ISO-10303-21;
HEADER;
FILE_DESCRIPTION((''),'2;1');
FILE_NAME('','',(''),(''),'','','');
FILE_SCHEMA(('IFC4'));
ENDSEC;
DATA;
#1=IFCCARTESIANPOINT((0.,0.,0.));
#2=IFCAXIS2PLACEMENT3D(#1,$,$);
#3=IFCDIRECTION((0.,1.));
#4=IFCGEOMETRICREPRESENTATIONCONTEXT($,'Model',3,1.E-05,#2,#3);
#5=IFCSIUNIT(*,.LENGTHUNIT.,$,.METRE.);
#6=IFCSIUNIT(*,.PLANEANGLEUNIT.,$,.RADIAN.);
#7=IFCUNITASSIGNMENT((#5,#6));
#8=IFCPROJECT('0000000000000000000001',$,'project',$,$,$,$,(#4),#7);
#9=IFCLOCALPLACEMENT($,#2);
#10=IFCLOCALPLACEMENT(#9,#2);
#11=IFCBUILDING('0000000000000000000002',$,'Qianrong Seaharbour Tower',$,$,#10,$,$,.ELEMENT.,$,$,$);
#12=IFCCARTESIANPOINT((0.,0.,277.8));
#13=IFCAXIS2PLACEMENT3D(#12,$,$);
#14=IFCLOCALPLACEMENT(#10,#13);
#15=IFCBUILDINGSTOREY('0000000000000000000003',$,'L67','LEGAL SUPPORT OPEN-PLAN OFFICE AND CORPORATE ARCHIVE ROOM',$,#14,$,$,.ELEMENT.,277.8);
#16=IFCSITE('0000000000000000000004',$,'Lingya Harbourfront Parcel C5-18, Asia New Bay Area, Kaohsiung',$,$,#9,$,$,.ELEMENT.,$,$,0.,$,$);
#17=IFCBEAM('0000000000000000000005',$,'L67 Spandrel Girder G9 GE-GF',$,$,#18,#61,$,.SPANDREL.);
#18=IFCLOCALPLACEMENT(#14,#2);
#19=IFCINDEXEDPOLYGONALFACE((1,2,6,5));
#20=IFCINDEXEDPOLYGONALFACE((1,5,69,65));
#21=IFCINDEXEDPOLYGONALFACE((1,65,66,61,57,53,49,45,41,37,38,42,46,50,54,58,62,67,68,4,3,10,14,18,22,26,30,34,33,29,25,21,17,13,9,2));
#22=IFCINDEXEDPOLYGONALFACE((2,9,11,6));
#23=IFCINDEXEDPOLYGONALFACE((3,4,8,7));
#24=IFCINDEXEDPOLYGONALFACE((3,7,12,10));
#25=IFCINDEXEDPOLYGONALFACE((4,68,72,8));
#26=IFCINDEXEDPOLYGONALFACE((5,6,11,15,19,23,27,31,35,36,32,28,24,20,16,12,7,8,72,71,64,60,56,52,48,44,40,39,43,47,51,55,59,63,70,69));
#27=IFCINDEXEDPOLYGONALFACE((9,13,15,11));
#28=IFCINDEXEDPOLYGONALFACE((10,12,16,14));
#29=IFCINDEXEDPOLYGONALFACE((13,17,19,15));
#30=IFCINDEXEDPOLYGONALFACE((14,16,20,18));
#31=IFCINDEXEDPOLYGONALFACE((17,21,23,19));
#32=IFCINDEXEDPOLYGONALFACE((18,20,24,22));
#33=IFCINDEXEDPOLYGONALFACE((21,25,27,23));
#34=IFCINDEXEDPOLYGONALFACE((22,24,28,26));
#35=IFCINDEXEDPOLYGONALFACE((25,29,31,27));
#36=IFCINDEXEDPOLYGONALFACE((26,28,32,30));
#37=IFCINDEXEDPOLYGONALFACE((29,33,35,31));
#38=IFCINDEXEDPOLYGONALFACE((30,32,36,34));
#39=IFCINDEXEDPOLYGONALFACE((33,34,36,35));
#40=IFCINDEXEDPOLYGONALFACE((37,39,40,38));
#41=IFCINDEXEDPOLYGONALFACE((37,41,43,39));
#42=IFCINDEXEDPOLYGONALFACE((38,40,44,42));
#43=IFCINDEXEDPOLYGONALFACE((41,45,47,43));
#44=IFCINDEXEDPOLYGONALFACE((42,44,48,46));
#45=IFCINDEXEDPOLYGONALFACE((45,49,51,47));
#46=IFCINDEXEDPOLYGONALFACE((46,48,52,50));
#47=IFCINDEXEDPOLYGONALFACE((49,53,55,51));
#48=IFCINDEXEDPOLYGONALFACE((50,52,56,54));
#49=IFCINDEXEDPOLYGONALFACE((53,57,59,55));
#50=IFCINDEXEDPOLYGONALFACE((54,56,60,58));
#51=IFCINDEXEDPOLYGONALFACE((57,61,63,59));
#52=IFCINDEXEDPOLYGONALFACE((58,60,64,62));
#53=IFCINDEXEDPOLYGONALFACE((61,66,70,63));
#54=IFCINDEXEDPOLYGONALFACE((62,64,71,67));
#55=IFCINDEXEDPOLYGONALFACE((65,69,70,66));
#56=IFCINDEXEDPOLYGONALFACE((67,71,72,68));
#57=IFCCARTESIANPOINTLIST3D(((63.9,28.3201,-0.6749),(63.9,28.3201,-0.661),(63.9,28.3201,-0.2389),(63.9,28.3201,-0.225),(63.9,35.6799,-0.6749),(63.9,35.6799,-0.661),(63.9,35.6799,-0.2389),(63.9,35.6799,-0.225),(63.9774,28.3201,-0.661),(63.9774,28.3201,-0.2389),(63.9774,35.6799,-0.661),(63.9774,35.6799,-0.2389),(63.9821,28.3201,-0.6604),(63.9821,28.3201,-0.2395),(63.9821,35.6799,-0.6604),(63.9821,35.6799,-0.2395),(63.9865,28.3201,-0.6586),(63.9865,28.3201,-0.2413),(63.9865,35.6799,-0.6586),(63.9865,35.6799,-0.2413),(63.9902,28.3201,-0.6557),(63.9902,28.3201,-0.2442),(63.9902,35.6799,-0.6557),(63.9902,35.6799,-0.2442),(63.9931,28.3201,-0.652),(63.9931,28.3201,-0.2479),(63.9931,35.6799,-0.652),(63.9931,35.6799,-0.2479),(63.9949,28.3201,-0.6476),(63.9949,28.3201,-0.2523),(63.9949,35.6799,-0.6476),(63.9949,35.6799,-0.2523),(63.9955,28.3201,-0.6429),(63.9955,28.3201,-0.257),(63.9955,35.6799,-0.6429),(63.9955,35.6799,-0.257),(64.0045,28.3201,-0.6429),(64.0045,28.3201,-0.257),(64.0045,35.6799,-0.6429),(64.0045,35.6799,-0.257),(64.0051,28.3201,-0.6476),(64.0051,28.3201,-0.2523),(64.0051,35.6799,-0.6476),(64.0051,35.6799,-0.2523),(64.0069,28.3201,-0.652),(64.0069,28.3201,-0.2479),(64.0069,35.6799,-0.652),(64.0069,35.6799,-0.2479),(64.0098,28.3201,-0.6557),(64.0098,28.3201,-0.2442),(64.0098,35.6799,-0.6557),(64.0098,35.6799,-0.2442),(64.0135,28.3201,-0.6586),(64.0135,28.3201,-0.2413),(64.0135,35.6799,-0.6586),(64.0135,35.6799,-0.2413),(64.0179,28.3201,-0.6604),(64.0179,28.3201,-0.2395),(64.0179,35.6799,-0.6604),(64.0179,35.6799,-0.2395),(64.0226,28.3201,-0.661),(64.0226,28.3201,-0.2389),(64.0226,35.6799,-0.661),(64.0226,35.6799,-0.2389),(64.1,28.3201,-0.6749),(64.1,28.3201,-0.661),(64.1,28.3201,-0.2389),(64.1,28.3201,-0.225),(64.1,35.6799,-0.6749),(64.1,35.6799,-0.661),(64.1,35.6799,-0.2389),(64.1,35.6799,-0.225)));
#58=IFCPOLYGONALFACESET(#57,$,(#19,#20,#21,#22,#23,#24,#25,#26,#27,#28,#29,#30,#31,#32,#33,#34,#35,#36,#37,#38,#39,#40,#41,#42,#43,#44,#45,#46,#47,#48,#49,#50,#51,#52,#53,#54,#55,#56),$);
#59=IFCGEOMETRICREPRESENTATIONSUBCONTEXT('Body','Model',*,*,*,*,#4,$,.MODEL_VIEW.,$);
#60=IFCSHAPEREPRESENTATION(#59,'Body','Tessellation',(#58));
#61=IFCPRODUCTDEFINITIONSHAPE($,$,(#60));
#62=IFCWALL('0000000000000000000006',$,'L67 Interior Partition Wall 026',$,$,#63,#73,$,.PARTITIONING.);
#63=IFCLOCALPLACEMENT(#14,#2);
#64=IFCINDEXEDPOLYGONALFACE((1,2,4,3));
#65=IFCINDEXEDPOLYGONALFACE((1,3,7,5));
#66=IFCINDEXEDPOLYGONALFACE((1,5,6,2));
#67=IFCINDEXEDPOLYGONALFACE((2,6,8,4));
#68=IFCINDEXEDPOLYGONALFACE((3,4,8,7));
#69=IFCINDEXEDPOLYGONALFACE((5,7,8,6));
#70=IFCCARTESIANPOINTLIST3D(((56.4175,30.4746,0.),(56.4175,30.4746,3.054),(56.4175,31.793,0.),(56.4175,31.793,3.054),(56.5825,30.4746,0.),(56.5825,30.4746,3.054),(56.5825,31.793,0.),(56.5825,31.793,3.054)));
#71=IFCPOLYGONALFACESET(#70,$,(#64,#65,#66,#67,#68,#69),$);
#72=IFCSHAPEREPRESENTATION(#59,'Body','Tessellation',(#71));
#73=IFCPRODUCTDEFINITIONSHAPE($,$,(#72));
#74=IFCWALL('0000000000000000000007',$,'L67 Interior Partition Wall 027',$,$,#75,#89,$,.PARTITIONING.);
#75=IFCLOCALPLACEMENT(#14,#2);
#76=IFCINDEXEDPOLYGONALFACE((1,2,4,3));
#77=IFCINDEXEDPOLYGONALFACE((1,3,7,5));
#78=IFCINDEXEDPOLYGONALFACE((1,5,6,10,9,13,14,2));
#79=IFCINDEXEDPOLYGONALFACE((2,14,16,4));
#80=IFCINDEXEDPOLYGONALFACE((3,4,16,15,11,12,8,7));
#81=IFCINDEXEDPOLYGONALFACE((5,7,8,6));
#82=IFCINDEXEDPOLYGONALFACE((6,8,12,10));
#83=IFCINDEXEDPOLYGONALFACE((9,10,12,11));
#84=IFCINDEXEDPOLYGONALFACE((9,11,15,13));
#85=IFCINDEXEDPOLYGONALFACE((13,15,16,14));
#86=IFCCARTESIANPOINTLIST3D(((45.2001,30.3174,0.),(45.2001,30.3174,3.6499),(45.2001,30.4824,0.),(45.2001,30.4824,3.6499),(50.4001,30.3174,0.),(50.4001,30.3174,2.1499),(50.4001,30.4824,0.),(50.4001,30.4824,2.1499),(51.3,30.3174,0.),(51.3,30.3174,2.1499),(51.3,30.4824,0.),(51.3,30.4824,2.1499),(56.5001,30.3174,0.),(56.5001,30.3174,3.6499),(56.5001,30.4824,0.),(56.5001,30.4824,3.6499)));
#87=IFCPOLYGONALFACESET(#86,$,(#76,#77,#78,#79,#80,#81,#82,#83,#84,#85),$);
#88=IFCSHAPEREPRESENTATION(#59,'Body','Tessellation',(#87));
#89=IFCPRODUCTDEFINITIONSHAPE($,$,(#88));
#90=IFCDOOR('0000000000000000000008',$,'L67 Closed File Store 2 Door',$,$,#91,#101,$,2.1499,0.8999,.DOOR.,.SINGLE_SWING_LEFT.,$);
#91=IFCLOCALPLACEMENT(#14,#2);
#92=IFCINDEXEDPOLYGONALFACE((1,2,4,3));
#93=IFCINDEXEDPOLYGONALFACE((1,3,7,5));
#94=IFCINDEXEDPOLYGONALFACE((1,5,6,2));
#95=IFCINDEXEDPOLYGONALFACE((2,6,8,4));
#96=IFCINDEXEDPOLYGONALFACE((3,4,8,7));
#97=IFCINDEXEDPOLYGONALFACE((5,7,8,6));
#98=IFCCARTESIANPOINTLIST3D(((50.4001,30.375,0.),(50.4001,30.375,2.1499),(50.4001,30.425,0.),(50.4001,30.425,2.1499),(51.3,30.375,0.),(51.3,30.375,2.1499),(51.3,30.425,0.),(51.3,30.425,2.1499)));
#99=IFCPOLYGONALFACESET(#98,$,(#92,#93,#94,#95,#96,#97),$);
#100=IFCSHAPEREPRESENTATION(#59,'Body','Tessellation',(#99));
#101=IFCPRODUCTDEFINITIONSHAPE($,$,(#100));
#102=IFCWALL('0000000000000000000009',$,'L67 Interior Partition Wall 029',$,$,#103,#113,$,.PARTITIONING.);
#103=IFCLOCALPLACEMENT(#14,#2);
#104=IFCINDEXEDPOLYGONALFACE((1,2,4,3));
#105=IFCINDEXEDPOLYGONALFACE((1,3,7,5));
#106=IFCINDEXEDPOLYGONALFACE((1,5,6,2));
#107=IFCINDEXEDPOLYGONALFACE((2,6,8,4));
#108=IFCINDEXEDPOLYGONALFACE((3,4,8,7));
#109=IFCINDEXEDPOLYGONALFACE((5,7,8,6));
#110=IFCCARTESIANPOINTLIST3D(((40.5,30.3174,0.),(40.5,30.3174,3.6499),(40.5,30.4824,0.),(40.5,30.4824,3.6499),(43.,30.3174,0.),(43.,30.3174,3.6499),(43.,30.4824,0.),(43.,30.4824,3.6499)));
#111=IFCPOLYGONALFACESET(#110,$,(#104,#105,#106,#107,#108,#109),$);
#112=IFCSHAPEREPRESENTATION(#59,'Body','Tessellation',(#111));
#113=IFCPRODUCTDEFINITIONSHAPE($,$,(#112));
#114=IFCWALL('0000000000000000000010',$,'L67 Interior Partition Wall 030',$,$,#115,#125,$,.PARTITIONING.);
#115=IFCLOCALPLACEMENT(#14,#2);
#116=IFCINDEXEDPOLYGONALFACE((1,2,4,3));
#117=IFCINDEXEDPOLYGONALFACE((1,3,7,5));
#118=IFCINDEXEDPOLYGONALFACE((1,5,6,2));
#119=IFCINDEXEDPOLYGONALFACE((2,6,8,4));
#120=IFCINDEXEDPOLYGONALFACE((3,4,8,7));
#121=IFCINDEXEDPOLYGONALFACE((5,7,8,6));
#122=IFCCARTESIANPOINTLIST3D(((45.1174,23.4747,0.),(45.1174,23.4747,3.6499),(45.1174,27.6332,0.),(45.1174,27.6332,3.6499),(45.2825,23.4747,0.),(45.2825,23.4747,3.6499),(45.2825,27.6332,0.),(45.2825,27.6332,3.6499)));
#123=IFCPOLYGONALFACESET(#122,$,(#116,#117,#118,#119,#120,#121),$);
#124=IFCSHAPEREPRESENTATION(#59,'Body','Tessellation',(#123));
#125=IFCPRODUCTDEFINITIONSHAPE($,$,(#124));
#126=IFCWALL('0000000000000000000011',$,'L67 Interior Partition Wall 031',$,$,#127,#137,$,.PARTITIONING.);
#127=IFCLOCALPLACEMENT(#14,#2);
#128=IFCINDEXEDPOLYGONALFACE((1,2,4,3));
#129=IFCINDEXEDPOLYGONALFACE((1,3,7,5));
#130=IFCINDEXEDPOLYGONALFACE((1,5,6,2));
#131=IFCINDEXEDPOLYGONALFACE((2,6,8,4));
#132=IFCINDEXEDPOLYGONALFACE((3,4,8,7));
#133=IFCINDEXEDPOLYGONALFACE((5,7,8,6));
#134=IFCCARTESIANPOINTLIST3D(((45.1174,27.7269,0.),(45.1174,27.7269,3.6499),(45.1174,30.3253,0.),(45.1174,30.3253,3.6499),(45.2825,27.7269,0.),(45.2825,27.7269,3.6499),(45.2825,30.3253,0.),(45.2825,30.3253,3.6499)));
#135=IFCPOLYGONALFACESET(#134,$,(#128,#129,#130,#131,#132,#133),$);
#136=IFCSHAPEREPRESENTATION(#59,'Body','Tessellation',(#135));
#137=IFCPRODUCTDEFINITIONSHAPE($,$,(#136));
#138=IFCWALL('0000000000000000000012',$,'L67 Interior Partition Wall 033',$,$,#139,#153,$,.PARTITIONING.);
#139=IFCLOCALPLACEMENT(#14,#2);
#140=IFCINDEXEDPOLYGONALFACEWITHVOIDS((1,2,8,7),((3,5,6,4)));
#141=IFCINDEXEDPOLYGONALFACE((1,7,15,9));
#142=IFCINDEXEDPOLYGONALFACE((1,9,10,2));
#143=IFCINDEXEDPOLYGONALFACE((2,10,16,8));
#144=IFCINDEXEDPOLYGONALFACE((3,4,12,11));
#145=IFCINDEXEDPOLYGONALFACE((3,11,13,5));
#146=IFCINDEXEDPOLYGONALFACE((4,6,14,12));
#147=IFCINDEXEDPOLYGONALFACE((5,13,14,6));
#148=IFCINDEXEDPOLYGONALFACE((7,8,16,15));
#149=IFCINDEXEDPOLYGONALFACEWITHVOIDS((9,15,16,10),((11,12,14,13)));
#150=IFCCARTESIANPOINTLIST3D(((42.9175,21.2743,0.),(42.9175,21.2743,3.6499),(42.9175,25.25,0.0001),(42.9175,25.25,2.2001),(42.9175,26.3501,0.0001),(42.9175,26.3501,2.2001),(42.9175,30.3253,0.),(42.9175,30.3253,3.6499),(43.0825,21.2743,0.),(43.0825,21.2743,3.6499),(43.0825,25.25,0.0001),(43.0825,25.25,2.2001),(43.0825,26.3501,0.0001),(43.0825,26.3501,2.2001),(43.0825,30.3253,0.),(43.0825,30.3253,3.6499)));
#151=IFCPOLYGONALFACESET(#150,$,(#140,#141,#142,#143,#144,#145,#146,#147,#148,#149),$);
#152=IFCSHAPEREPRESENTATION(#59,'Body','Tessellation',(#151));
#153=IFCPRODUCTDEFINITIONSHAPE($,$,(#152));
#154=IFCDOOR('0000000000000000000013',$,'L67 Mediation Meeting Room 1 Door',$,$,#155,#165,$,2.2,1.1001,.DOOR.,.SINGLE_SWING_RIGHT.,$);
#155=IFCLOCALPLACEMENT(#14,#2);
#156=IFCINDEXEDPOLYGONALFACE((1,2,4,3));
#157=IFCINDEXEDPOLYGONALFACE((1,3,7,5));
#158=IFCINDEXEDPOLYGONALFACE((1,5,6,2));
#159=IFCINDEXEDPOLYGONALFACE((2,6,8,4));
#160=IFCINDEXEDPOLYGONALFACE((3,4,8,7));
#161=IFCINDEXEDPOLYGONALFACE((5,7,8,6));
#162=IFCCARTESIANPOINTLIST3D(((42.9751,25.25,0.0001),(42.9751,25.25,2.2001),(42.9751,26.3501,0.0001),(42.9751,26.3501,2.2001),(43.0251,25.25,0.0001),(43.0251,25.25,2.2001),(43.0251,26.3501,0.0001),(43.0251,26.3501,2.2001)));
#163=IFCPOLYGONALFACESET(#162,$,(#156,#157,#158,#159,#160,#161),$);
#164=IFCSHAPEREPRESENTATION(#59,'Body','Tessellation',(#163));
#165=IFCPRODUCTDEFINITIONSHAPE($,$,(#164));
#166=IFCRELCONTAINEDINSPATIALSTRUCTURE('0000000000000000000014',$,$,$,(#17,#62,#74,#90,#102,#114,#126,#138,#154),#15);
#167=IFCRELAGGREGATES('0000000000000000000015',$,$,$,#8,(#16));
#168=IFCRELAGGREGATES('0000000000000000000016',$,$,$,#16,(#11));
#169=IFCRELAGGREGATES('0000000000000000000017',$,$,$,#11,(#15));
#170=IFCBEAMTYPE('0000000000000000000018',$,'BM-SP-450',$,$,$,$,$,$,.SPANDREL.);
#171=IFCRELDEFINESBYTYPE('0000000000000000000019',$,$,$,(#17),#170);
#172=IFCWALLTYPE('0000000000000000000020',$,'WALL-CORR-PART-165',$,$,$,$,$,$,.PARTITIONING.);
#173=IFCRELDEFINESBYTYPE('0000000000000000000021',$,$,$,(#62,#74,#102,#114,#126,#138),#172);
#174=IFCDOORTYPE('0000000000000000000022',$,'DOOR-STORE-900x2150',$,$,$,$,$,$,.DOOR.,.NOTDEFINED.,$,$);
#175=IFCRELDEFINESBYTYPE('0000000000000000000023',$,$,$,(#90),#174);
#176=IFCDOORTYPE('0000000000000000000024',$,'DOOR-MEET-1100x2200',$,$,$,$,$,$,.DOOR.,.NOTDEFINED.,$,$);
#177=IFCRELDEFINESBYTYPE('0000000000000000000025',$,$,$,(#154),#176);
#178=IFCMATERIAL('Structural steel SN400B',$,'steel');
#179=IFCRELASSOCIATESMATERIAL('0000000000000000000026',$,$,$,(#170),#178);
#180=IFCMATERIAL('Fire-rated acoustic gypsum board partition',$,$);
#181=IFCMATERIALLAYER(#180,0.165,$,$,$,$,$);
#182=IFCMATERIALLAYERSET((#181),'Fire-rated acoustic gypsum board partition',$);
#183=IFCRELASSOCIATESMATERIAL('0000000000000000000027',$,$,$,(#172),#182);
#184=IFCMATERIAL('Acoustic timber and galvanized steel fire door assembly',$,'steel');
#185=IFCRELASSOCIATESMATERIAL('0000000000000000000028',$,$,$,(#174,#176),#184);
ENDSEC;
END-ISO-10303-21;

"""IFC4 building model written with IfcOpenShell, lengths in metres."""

from ifc_helpers import new_model, si_unit, direction, frame, frame_2d, origin, origin_2d, place, context, subcontext, project, spatial, rectangle, i_section, extrude, material, layer, layer_set, material_profile, profile_set, type_object, element, fill, save


model = new_model("IFC4")

# Units and contexts
model_context = context("Model", 3, precision=1e-05, world=origin(), true_north=direction((0.0, 1.0)))
body_context = subcontext(model_context, "Body", "Model", "MODEL_VIEW")
ifc_project = project(units=[si_unit("LENGTHUNIT", "METRE"), si_unit("PLANEANGLEUNIT", "RADIAN")], contexts=[model_context])

# Site, building, storey
site_placement = place(None, origin())
site = spatial("IfcSite", under=ifc_project, at=site_placement, Name="Lingya Harbourfront Parcel C5-18, Asia New Bay Area, Kaohsiung", CompositionType="ELEMENT", RefElevation=0.0)
building_placement = place(site_placement, origin())
building = spatial("IfcBuilding", under=site, at=building_placement, Name="Qianrong Seaharbour Tower", CompositionType="ELEMENT")
storey_placement = place(building_placement, frame((0.0, 0.0, 277.8)))
storey = spatial("IfcBuildingStorey", under=building, at=storey_placement, Name="L67", Description="LEGAL SUPPORT OPEN-PLAN OFFICE AND CORPORATE ARCHIVE ROOM", CompositionType="ELEMENT", Elevation=277.8)

# Beam
ifc_material_1 = material(Name="Structural steel SN400B", Category="steel")
ifc_material_profile_1 = material_profile(ifc_material_1, i_section(OverallWidth=0.2, OverallDepth=0.45, WebThickness=0.009, FlangeThickness=0.0139, FilletRadius=0.0181, at=origin_2d()), Name="H450x200x9x14")
ifc_profile_set_1 = profile_set([ifc_material_profile_1], Name="Structural steel SN400B")
beam_type_1 = type_object("IfcBeamType", Name="BM-SP-450", PredefinedType="SPANDREL", material=ifc_profile_set_1)
beam_1_placement = place(storey_placement, frame((64.0, 28.3201, -0.45), z_axis=(0.0, 1.0, 0.0), x_axis=(-1.0, 0.0, 0.0)))
element("IfcBeam", 1, at=beam_1_placement, inside=storey, type_object=beam_type_1, Name="L67 Spandrel Girder G9 GE-GF", PredefinedType="SPANDREL", context=body_context, shape_type="SweptSolid", body=[
    extrude(i_section(OverallWidth=0.2, OverallDepth=0.45, WebThickness=0.009, FlangeThickness=0.0139, FilletRadius=0.0181, at=origin_2d()), origin(), (0.0, 0.0, 1.0), 7.3599),
])

# Wall
ifc_material_2 = material(Name="Fire-rated acoustic gypsum board partition")
ifc_layer_1 = layer(ifc_material_2, 0.165)
ifc_layer_set_1 = layer_set([ifc_layer_1], Name="Fire-rated acoustic gypsum board partition")
wall_type_1 = type_object("IfcWallType", Name="WALL-CORR-PART-165", PredefinedType="PARTITIONING", material=ifc_layer_set_1)
wall_1_placement = place(storey_placement, frame((56.5, 31.793, 0.0), z_axis=(0.0, 0.0, 1.0), x_axis=(0.0, -1.0, 0.0)))
element("IfcWall", 2, at=wall_1_placement, inside=storey, type_object=wall_type_1, Name="L67 Interior Partition Wall 026", PredefinedType="PARTITIONING", context=body_context, shape_type="SweptSolid", body=[
    extrude(rectangle(XDim=1.3184, YDim=0.165, at=frame_2d((0.6592, 0.0))), origin(), (0.0, 0.0, 1.0), 3.054),
])

# Wall, opening, door
wall_2_placement = place(storey_placement, frame((56.5, 30.3999, 0.0), z_axis=(0.0, 0.0, 1.0), x_axis=(-1.0, 0.0, 0.0)))
wall_2 = element("IfcWall", 3, at=wall_2_placement, inside=storey, type_object=wall_type_1, Name="L67 Interior Partition Wall 027", PredefinedType="PARTITIONING", context=body_context, shape_type="SweptSolid", body=[
    extrude(rectangle(XDim=11.3, YDim=0.165, at=frame_2d((5.6499, 0.0))), origin(), (0.0, 0.0, 1.0), 3.6499),
])
opening_1_placement = place(wall_2_placement, frame((5.2, 0.0, 0.0)))
opening_1 = element("IfcOpeningElement", 4, at=opening_1_placement, cuts=wall_2, PredefinedType="OPENING", context=body_context, shape_type="SweptSolid", body=[
    extrude(rectangle(XDim=0.8999, YDim=2.1499, at=frame_2d((0.45, 1.075))), frame((0.0, 0.0925, 0.0), z_axis=(0.0, -1.0, 0.0), x_axis=(1.0, 0.0, 0.0)), (0.0, 0.0, 1.0), 0.1851),
])
ifc_material_3 = material(Name="Acoustic timber and galvanized steel fire door assembly", Category="steel")
door_type_1 = type_object("IfcDoorType", Name="DOOR-STORE-900x2150", OperationType="NOTDEFINED", PredefinedType="DOOR", material=ifc_material_3)
door_1_placement = place(opening_1_placement, origin())
door_1 = element("IfcDoor", 5, at=door_1_placement, inside=storey, type_object=door_type_1, Name="L67 Closed File Store 2 Door", OperationType="SINGLE_SWING_LEFT", OverallHeight=2.1499, OverallWidth=0.8999, PredefinedType="DOOR", context=body_context, shape_type="SweptSolid", body=[
    extrude(rectangle(XDim=0.8999, YDim=2.1499, at=frame_2d((0.45, 1.075))), frame((0.0, 0.0249, 0.0), z_axis=(0.0, -1.0, 0.0), x_axis=(1.0, 0.0, 0.0)), (0.0, 0.0, 1.0), 0.05),
])
fill(opening_1, door_1)

# Walls
wall_3_placement = place(storey_placement, frame((43.0, 30.3999, 0.0), z_axis=(0.0, 0.0, 1.0), x_axis=(-1.0, 0.0, 0.0)))
element("IfcWall", 6, at=wall_3_placement, inside=storey, type_object=wall_type_1, Name="L67 Interior Partition Wall 029", PredefinedType="PARTITIONING", context=body_context, shape_type="SweptSolid", body=[
    extrude(rectangle(XDim=2.5, YDim=0.165, at=frame_2d((1.25, 0.0))), origin(), (0.0, 0.0, 1.0), 3.6499),
])
wall_4_placement = place(storey_placement, frame((45.2, 27.6331, 0.0), z_axis=(0.0, 0.0, 1.0), x_axis=(0.0, -1.0, 0.0)))
element("IfcWall", 7, at=wall_4_placement, inside=storey, type_object=wall_type_1, Name="L67 Interior Partition Wall 030", PredefinedType="PARTITIONING", context=body_context, shape_type="SweptSolid", body=[
    extrude(rectangle(XDim=4.1584, YDim=0.165, at=frame_2d((2.0791, 0.0))), origin(), (0.0, 0.0, 1.0), 3.6499),
])
wall_5_placement = place(storey_placement, frame((45.2, 30.3254, 0.0), z_axis=(0.0, 0.0, 1.0), x_axis=(0.0, -1.0, 0.0)))
element("IfcWall", 8, at=wall_5_placement, inside=storey, type_object=wall_type_1, Name="L67 Interior Partition Wall 031", PredefinedType="PARTITIONING", context=body_context, shape_type="SweptSolid", body=[
    extrude(rectangle(XDim=2.5984, YDim=0.165, at=frame_2d((1.2993, 0.0))), origin(), (0.0, 0.0, 1.0), 3.6499),
])

# Wall, opening, door
wall_6_placement = place(storey_placement, frame((43.0, 21.2744, 0.0), z_axis=(0.0, 0.0, 1.0), x_axis=(0.0, 1.0, 0.0)))
wall_6 = element("IfcWall", 9, at=wall_6_placement, inside=storey, type_object=wall_type_1, Name="L67 Interior Partition Wall 033", PredefinedType="PARTITIONING", context=body_context, shape_type="SweptSolid", body=[
    extrude(rectangle(XDim=9.051, YDim=0.165, at=frame_2d((4.5254, 0.0))), origin(), (0.0, 0.0, 1.0), 3.6499),
])
opening_2_placement = place(wall_6_placement, frame((3.9756, 0.0, 0.0)))
opening_2 = element("IfcOpeningElement", 10, at=opening_2_placement, cuts=wall_6, PredefinedType="OPENING", context=body_context, shape_type="SweptSolid", body=[
    extrude(rectangle(XDim=1.1001, YDim=2.2, at=frame_2d((0.55, 1.1001))), frame((0.0, 0.0925, 0.0), z_axis=(0.0, -1.0, 0.0), x_axis=(1.0, 0.0, 0.0)), (0.0, 0.0, 1.0), 0.1851),
])
door_type_2 = type_object("IfcDoorType", Name="DOOR-MEET-1100x2200", OperationType="NOTDEFINED", PredefinedType="DOOR", material=ifc_material_3)
door_2_placement = place(opening_2_placement, origin())
door_2 = element("IfcDoor", 11, at=door_2_placement, inside=storey, type_object=door_type_2, Name="L67 Mediation Meeting Room 1 Door", OperationType="SINGLE_SWING_RIGHT", OverallHeight=2.2, OverallWidth=1.1001, PredefinedType="DOOR", context=body_context, shape_type="SweptSolid", body=[
    extrude(rectangle(XDim=1.1001, YDim=2.2, at=frame_2d((0.55, 1.1001))), frame((0.0, 0.0249, 0.0), z_axis=(0.0, -1.0, 0.0), x_axis=(1.0, 0.0, 0.0)), (0.0, 0.0, 1.0), 0.05),
])
fill(opening_2, door_2)

save(model, "model.ifc")
